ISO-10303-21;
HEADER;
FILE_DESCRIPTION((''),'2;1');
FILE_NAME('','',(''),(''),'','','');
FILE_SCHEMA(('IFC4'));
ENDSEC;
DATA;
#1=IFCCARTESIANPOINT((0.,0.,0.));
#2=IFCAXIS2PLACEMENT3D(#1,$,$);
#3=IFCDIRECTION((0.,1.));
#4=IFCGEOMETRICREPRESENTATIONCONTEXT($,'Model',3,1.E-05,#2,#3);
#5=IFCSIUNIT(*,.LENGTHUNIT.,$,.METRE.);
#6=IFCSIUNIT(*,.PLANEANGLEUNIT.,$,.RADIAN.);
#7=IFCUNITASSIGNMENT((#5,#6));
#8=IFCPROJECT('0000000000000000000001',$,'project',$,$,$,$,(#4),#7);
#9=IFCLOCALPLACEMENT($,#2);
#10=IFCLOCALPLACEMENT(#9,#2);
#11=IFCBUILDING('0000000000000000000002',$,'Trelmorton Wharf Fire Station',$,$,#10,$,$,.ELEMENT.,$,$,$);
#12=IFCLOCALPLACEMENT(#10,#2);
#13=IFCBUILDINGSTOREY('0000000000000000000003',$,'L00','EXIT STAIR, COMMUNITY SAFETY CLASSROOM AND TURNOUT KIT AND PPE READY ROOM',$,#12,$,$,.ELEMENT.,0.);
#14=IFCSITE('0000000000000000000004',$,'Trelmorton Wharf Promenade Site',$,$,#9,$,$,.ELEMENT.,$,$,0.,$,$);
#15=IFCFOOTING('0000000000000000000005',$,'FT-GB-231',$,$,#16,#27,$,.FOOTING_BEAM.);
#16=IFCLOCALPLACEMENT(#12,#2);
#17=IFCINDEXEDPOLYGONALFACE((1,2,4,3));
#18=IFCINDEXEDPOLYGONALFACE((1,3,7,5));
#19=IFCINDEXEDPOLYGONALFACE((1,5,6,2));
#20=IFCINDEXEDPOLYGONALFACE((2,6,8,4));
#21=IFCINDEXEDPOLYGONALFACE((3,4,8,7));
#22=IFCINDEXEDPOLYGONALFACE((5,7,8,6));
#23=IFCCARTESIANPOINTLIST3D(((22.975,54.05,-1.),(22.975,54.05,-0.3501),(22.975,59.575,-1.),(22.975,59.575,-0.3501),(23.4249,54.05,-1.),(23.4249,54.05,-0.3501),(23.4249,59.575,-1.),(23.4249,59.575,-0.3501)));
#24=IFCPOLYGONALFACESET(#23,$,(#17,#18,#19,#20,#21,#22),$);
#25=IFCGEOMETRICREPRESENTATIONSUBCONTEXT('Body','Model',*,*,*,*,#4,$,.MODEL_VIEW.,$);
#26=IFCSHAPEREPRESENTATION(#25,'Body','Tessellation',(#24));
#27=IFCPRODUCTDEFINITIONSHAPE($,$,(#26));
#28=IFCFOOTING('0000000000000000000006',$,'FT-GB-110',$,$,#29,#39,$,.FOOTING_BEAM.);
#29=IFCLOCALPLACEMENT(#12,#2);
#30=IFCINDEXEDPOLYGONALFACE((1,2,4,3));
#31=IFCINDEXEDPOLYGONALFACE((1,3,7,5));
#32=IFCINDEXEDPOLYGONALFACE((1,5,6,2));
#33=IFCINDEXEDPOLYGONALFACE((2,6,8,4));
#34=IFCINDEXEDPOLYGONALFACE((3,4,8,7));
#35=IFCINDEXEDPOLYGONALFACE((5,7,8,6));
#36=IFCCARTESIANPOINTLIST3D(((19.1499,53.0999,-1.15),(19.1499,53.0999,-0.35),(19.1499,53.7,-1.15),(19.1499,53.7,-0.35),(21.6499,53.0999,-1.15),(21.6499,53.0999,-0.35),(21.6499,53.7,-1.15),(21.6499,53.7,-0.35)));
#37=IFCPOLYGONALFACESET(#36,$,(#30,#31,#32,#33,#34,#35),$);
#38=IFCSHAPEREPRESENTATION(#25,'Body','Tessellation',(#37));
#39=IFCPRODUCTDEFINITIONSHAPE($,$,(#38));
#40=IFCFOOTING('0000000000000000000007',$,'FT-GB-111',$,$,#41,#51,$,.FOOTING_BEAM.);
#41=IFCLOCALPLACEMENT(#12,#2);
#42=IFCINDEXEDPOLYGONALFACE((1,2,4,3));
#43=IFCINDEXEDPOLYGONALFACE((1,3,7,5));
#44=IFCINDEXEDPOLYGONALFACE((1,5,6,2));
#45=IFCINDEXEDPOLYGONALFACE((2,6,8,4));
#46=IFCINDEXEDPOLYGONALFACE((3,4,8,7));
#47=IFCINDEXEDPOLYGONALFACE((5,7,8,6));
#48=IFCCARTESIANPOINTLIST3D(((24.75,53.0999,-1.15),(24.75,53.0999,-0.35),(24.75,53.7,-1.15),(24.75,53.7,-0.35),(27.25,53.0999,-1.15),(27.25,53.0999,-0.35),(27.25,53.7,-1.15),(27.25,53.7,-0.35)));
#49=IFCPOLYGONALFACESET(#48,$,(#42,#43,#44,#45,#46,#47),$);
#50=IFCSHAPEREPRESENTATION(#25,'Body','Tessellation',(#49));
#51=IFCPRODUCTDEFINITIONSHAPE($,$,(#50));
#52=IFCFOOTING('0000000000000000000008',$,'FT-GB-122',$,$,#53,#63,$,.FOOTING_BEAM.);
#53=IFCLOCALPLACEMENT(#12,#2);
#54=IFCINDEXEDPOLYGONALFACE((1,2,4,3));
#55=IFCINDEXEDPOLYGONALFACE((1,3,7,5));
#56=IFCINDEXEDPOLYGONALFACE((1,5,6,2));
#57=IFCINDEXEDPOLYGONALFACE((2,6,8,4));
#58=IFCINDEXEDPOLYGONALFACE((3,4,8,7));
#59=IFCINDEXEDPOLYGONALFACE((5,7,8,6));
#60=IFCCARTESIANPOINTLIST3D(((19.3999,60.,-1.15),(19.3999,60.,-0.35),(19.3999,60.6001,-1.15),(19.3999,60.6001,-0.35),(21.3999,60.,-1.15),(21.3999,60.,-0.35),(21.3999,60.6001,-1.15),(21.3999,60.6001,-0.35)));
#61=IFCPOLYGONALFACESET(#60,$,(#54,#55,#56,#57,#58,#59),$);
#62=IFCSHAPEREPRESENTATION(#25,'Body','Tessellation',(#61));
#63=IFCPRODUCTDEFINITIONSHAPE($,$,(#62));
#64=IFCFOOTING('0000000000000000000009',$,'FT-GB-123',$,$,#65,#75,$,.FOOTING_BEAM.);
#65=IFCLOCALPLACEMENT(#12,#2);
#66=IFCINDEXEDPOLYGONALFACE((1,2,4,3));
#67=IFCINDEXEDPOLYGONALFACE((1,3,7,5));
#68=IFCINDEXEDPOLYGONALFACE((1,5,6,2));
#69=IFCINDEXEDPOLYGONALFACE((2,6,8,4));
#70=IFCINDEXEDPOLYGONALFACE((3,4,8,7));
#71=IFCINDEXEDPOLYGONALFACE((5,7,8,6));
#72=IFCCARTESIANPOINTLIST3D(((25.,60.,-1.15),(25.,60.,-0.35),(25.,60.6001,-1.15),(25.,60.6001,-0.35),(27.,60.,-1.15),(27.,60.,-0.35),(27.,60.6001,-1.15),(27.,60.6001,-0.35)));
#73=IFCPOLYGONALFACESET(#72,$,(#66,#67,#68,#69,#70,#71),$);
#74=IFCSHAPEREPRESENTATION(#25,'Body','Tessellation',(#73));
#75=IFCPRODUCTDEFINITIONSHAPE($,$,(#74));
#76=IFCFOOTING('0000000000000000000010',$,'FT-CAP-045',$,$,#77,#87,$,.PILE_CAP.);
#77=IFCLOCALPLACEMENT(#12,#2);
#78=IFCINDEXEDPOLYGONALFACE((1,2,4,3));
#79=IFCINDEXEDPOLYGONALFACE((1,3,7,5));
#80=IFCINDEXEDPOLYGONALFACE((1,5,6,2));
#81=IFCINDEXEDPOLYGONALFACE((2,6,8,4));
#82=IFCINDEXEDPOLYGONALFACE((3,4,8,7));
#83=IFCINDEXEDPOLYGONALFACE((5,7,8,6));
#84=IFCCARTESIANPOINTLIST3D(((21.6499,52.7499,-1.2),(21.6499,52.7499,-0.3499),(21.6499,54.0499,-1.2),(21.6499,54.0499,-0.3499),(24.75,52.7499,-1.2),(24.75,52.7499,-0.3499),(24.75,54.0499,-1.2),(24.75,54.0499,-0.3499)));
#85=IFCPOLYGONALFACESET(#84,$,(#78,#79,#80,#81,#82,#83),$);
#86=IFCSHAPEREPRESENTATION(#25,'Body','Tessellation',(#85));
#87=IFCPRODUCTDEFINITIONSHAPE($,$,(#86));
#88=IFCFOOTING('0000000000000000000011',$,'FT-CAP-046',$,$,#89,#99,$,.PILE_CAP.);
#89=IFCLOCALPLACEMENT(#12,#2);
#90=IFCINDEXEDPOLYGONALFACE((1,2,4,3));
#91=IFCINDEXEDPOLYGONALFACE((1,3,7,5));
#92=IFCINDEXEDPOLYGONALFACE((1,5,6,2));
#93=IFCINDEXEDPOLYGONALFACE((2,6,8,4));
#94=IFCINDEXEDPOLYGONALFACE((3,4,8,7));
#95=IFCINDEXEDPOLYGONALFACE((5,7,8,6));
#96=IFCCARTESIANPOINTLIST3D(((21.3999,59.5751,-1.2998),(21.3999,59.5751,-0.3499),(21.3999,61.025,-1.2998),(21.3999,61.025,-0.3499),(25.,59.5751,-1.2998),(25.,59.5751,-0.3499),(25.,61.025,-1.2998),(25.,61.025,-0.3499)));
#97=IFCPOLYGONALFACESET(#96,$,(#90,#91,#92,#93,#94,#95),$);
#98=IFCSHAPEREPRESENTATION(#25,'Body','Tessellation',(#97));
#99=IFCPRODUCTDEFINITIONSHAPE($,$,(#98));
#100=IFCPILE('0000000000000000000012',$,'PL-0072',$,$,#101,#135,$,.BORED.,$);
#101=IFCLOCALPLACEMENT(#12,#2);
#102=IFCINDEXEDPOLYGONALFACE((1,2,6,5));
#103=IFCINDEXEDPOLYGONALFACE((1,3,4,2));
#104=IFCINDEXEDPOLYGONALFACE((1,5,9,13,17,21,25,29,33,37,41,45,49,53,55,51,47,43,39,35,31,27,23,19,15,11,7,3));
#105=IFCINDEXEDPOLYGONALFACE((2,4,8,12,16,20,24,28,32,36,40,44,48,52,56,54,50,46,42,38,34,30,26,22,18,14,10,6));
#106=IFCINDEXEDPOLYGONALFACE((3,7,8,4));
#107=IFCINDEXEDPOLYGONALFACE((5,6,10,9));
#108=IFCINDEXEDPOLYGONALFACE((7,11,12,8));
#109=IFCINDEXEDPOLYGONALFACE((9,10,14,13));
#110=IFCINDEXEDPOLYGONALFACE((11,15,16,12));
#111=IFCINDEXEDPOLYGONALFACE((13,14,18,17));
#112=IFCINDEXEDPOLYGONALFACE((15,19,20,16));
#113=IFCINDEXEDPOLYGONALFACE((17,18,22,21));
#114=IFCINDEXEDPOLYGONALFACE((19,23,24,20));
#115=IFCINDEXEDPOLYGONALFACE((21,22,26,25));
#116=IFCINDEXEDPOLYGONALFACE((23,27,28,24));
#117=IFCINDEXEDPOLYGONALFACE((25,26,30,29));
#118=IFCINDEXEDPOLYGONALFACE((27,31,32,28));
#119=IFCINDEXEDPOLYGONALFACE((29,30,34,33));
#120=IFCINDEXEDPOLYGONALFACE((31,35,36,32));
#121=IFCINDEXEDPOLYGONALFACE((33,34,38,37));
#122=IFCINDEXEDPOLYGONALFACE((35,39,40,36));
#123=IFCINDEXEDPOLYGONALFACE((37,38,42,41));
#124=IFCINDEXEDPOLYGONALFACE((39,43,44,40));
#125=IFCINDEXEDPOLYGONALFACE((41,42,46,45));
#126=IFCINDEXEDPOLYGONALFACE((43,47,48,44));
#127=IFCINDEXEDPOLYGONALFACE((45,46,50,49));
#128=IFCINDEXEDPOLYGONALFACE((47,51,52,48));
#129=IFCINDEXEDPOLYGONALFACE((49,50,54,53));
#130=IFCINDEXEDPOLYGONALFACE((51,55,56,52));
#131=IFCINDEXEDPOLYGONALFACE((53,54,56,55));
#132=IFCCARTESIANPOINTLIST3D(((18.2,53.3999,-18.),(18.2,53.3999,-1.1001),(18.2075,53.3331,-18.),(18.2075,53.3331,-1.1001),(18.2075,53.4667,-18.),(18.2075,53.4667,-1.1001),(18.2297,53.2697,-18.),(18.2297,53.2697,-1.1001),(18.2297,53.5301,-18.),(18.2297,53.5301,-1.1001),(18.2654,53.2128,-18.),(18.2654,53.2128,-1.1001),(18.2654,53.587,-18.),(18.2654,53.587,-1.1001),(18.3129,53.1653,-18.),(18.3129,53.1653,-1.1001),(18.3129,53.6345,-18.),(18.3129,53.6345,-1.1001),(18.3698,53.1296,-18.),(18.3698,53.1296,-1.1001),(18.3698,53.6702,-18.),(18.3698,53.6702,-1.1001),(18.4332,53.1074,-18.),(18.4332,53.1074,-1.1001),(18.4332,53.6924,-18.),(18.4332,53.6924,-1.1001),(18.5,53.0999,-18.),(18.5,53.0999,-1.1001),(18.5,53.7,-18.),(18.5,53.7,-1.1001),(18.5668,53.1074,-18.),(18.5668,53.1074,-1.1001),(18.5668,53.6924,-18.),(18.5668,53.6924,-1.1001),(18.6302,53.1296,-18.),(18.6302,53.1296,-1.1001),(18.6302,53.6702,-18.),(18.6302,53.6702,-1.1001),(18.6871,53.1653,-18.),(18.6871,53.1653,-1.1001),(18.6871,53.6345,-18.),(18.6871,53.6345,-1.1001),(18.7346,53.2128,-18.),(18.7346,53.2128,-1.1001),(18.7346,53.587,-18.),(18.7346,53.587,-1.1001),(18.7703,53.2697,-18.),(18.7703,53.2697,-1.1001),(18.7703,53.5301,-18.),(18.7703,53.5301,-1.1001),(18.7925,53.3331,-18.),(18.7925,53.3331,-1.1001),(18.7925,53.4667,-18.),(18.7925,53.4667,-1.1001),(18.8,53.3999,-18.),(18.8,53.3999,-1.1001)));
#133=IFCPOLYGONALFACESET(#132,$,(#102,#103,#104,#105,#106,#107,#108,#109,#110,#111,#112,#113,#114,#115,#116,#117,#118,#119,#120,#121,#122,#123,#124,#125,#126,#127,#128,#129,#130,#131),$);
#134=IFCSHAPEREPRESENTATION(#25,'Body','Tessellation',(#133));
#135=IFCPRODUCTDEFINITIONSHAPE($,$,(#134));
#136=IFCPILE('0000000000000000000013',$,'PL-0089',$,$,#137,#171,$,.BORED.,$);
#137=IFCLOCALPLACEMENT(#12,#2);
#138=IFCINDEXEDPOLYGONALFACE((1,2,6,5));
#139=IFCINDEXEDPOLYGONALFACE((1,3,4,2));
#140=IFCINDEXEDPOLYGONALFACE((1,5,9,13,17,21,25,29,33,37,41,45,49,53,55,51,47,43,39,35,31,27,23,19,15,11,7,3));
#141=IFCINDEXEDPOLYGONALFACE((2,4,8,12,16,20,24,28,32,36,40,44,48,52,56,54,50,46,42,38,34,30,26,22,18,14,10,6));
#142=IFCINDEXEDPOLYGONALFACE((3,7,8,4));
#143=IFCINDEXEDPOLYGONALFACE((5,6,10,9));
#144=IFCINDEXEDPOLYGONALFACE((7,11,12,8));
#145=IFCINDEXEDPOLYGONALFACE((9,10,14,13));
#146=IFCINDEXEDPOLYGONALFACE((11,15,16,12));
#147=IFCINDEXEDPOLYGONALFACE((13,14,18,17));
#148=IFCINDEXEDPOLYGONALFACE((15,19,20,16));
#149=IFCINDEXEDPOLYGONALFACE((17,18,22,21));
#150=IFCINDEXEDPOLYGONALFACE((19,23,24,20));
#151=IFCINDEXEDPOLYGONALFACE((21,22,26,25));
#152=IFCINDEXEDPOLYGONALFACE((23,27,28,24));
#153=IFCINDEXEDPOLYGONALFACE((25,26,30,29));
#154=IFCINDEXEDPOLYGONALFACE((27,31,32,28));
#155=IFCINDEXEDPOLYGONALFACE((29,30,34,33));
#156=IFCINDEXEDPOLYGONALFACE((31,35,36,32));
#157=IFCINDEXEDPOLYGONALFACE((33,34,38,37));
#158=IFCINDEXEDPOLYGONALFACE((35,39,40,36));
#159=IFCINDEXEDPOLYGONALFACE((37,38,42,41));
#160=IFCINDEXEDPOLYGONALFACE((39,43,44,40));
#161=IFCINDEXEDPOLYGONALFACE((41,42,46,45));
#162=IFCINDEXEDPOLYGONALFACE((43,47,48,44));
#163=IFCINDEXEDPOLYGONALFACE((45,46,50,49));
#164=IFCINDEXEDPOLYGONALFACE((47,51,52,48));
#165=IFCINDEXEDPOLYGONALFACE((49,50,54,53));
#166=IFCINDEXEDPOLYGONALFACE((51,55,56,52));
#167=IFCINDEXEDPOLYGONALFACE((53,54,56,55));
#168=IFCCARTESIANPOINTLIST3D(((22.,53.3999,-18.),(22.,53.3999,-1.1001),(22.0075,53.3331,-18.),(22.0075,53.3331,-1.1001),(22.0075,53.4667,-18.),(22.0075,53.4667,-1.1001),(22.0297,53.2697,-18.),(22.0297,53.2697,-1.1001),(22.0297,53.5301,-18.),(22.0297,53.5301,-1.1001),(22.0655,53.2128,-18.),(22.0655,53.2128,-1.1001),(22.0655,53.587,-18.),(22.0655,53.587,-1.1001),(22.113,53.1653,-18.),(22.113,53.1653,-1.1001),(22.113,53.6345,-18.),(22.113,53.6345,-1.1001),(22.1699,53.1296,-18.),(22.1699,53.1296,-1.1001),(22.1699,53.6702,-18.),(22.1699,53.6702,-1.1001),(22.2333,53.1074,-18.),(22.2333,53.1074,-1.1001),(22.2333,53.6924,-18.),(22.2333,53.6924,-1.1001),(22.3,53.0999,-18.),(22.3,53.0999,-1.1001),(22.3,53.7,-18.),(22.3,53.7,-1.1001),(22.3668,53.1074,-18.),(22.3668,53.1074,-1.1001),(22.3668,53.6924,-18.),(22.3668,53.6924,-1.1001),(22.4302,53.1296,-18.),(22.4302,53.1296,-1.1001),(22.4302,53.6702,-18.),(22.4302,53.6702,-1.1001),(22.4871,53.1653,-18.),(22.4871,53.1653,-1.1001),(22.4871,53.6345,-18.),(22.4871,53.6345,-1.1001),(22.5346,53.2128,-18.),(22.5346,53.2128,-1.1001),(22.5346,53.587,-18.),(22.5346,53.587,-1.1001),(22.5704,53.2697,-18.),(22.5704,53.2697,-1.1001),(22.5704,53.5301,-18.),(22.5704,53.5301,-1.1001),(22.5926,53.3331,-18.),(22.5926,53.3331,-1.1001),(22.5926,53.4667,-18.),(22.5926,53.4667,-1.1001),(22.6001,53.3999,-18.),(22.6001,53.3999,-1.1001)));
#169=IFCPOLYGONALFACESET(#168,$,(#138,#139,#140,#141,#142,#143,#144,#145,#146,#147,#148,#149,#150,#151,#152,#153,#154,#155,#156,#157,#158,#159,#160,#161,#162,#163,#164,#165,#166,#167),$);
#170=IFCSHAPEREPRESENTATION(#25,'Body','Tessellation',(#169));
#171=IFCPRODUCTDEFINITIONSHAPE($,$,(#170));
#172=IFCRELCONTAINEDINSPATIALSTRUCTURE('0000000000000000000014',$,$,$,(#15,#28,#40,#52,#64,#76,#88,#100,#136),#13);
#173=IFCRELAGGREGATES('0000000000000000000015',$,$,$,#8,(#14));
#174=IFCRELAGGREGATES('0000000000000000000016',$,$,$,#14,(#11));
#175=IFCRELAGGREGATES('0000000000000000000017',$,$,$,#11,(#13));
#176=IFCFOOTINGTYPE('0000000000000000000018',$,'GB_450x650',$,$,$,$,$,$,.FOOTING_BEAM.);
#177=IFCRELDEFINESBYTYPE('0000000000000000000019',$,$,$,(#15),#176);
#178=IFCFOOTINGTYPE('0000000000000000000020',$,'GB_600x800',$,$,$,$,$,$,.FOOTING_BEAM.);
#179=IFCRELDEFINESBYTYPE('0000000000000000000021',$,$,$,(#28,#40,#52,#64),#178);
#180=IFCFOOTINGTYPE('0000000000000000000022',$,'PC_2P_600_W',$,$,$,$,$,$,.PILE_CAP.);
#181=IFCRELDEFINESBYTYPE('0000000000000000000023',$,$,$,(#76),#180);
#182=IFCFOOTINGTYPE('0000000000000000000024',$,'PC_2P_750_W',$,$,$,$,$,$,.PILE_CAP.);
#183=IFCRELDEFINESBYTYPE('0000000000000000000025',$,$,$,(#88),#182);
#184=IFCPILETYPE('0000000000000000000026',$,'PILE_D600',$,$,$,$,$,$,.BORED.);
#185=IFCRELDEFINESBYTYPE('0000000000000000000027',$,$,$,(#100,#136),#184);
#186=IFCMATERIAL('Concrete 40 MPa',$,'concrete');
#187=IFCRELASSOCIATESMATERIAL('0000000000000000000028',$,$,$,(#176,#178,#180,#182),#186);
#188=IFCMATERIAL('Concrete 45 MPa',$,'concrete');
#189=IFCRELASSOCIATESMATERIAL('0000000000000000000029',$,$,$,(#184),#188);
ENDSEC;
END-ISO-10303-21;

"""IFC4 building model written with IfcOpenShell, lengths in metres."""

from ifc_helpers import new_model, si_unit, direction, frame, origin, origin_2d, place, context, subcontext, project, spatial, rectangle, circle, extrude, material, material_profile, profile_set, type_object, element, save


model = new_model("IFC4")

# Units and contexts
model_context = context("Model", 3, precision=1e-05, world=origin(), true_north=direction((0.0, 1.0)))
body_context = subcontext(model_context, "Body", "Model", "MODEL_VIEW")
ifc_project = project(units=[si_unit("LENGTHUNIT", "METRE"), si_unit("PLANEANGLEUNIT", "RADIAN")], contexts=[model_context])

# Site, building, storey
site_placement = place(None, origin())
site = spatial("IfcSite", under=ifc_project, at=site_placement, Name="Trelmorton Wharf Promenade Site", CompositionType="ELEMENT", RefElevation=0.0)
building_placement = place(site_placement, origin())
building = spatial("IfcBuilding", under=site, at=building_placement, Name="Trelmorton Wharf Fire Station", CompositionType="ELEMENT")
storey_placement = place(building_placement, origin())
storey = spatial("IfcBuildingStorey", under=building, at=storey_placement, Name="L00", Description="EXIT STAIR, COMMUNITY SAFETY CLASSROOM AND TURNOUT KIT AND PPE READY ROOM", CompositionType="ELEMENT", Elevation=0.0)

# Footings
ifc_material_1 = material(Name="Concrete 40 MPa", Category="concrete")
ifc_material_profile_1 = material_profile(ifc_material_1, rectangle(XDim=0.45, YDim=0.6499, at=origin_2d()), Name="RC450x650")
ifc_profile_set_1 = profile_set([ifc_material_profile_1], Name="Concrete 40 MPa")
footing_type_1 = type_object("IfcFootingType", Name="GB_450x650", PredefinedType="FOOTING_BEAM", material=ifc_profile_set_1)
footing_1_placement = place(storey_placement, frame((23.2, 54.05, -0.675), z_axis=(0.0, 1.0, 0.0), x_axis=(-1.0, 0.0, 0.0)))
element("IfcFooting", 1, at=footing_1_placement, inside=storey, type_object=footing_type_1, Name="FT-GB-231", PredefinedType="FOOTING_BEAM", context=body_context, shape_type="SweptSolid", body=[
    extrude(rectangle(XDim=0.45, YDim=0.6499, at=origin_2d()), origin(), (0.0, 0.0, 1.0), 5.5249),
])
ifc_material_profile_2 = material_profile(ifc_material_1, rectangle(XDim=0.6001, YDim=0.8, at=origin_2d()), Name="RC600x800")
ifc_profile_set_2 = profile_set([ifc_material_profile_2], Name="Concrete 40 MPa")
footing_type_2 = type_object("IfcFootingType", Name="GB_600x800", PredefinedType="FOOTING_BEAM", material=ifc_profile_set_2)
for number, where, z_axis, x_axis, name in (
    (2, (19.1499, 53.3999, -0.75), (1.0, 0.0, 0.0), (0.0, 1.0, 0.0), "FT-GB-110"),
    (3, (24.75, 53.3999, -0.75), (1.0, 0.0, 0.0), (0.0, 1.0, 0.0), "FT-GB-111"),
):
    element("IfcFooting", number, at=place(storey_placement, frame(where, z_axis=z_axis, x_axis=x_axis)), inside=storey, type_object=footing_type_2, Name=name, PredefinedType="FOOTING_BEAM", context=body_context, shape_type="SweptSolid", body=[
        extrude(rectangle(XDim=0.6001, YDim=0.8, at=origin_2d()), origin(), (0.0, 0.0, 1.0), 2.5),
    ])
for number, where, z_axis, x_axis, name in (
    (4, (19.3999, 60.3, -0.75), (1.0, 0.0, 0.0), (0.0, 1.0, 0.0), "FT-GB-122"),
    (5, (25.0, 60.3, -0.75), (1.0, 0.0, 0.0), (0.0, 1.0, 0.0), "FT-GB-123"),
):
    element("IfcFooting", number, at=place(storey_placement, frame(where, z_axis=z_axis, x_axis=x_axis)), inside=storey, type_object=footing_type_2, Name=name, PredefinedType="FOOTING_BEAM", context=body_context, shape_type="SweptSolid", body=[
        extrude(rectangle(XDim=0.6001, YDim=0.8, at=origin_2d()), origin(), (0.0, 0.0, 1.0), 2.0),
    ])
footing_type_3 = type_object("IfcFootingType", Name="PC_2P_600_W", PredefinedType="PILE_CAP", material=ifc_material_1)
footing_2_placement = place(storey_placement, frame((23.2, 53.3999, -1.2), z_axis=(0.0, 0.0, 1.0), x_axis=(1.0, 0.0, 0.0)))
element("IfcFooting", 6, at=footing_2_placement, inside=storey, type_object=footing_type_3, Name="FT-CAP-045", PredefinedType="PILE_CAP", context=body_context, shape_type="SweptSolid", body=[
    extrude(rectangle(XDim=3.1001, YDim=1.3, at=origin_2d()), origin(), (0.0, 0.0, 1.0), 0.8501),
])
footing_type_4 = type_object("IfcFootingType", Name="PC_2P_750_W", PredefinedType="PILE_CAP", material=ifc_material_1)
footing_3_placement = place(storey_placement, frame((23.2, 60.3, -1.2998), z_axis=(0.0, 0.0, 1.0), x_axis=(1.0, 0.0, 0.0)))
element("IfcFooting", 7, at=footing_3_placement, inside=storey, type_object=footing_type_4, Name="FT-CAP-046", PredefinedType="PILE_CAP", context=body_context, shape_type="SweptSolid", body=[
    extrude(rectangle(XDim=3.6001, YDim=1.45, at=origin_2d()), origin(), (0.0, 0.0, 1.0), 0.95),
])

# Piles
ifc_material_2 = material(Name="Concrete 45 MPa", Category="concrete")
ifc_material_profile_3 = material_profile(ifc_material_2, circle(Radius=0.3, at=origin_2d()), Name="PILE-D600")
ifc_profile_set_3 = profile_set([ifc_material_profile_3], Name="Concrete 45 MPa")
pile_type_1 = type_object("IfcPileType", Name="PILE_D600", PredefinedType="BORED", material=ifc_profile_set_3)
for number, where, z_axis, x_axis, name in (
    (8, (18.5, 53.3999, -1.1001), (0.0, 0.0, -1.0), (1.0, 0.0, 0.0), "PL-0072"),
    (9, (22.3, 53.3999, -1.1001), (0.0, 0.0, -1.0), (1.0, 0.0, 0.0), "PL-0089"),
):
    element("IfcPile", number, at=place(storey_placement, frame(where, z_axis=z_axis, x_axis=x_axis)), inside=storey, type_object=pile_type_1, Name=name, PredefinedType="BORED", context=body_context, shape_type="SweptSolid", body=[
        extrude(circle(Radius=0.3, at=origin_2d()), origin(), (0.0, 0.0, 1.0), 16.8999),
    ])

save(model, "model.ifc")
